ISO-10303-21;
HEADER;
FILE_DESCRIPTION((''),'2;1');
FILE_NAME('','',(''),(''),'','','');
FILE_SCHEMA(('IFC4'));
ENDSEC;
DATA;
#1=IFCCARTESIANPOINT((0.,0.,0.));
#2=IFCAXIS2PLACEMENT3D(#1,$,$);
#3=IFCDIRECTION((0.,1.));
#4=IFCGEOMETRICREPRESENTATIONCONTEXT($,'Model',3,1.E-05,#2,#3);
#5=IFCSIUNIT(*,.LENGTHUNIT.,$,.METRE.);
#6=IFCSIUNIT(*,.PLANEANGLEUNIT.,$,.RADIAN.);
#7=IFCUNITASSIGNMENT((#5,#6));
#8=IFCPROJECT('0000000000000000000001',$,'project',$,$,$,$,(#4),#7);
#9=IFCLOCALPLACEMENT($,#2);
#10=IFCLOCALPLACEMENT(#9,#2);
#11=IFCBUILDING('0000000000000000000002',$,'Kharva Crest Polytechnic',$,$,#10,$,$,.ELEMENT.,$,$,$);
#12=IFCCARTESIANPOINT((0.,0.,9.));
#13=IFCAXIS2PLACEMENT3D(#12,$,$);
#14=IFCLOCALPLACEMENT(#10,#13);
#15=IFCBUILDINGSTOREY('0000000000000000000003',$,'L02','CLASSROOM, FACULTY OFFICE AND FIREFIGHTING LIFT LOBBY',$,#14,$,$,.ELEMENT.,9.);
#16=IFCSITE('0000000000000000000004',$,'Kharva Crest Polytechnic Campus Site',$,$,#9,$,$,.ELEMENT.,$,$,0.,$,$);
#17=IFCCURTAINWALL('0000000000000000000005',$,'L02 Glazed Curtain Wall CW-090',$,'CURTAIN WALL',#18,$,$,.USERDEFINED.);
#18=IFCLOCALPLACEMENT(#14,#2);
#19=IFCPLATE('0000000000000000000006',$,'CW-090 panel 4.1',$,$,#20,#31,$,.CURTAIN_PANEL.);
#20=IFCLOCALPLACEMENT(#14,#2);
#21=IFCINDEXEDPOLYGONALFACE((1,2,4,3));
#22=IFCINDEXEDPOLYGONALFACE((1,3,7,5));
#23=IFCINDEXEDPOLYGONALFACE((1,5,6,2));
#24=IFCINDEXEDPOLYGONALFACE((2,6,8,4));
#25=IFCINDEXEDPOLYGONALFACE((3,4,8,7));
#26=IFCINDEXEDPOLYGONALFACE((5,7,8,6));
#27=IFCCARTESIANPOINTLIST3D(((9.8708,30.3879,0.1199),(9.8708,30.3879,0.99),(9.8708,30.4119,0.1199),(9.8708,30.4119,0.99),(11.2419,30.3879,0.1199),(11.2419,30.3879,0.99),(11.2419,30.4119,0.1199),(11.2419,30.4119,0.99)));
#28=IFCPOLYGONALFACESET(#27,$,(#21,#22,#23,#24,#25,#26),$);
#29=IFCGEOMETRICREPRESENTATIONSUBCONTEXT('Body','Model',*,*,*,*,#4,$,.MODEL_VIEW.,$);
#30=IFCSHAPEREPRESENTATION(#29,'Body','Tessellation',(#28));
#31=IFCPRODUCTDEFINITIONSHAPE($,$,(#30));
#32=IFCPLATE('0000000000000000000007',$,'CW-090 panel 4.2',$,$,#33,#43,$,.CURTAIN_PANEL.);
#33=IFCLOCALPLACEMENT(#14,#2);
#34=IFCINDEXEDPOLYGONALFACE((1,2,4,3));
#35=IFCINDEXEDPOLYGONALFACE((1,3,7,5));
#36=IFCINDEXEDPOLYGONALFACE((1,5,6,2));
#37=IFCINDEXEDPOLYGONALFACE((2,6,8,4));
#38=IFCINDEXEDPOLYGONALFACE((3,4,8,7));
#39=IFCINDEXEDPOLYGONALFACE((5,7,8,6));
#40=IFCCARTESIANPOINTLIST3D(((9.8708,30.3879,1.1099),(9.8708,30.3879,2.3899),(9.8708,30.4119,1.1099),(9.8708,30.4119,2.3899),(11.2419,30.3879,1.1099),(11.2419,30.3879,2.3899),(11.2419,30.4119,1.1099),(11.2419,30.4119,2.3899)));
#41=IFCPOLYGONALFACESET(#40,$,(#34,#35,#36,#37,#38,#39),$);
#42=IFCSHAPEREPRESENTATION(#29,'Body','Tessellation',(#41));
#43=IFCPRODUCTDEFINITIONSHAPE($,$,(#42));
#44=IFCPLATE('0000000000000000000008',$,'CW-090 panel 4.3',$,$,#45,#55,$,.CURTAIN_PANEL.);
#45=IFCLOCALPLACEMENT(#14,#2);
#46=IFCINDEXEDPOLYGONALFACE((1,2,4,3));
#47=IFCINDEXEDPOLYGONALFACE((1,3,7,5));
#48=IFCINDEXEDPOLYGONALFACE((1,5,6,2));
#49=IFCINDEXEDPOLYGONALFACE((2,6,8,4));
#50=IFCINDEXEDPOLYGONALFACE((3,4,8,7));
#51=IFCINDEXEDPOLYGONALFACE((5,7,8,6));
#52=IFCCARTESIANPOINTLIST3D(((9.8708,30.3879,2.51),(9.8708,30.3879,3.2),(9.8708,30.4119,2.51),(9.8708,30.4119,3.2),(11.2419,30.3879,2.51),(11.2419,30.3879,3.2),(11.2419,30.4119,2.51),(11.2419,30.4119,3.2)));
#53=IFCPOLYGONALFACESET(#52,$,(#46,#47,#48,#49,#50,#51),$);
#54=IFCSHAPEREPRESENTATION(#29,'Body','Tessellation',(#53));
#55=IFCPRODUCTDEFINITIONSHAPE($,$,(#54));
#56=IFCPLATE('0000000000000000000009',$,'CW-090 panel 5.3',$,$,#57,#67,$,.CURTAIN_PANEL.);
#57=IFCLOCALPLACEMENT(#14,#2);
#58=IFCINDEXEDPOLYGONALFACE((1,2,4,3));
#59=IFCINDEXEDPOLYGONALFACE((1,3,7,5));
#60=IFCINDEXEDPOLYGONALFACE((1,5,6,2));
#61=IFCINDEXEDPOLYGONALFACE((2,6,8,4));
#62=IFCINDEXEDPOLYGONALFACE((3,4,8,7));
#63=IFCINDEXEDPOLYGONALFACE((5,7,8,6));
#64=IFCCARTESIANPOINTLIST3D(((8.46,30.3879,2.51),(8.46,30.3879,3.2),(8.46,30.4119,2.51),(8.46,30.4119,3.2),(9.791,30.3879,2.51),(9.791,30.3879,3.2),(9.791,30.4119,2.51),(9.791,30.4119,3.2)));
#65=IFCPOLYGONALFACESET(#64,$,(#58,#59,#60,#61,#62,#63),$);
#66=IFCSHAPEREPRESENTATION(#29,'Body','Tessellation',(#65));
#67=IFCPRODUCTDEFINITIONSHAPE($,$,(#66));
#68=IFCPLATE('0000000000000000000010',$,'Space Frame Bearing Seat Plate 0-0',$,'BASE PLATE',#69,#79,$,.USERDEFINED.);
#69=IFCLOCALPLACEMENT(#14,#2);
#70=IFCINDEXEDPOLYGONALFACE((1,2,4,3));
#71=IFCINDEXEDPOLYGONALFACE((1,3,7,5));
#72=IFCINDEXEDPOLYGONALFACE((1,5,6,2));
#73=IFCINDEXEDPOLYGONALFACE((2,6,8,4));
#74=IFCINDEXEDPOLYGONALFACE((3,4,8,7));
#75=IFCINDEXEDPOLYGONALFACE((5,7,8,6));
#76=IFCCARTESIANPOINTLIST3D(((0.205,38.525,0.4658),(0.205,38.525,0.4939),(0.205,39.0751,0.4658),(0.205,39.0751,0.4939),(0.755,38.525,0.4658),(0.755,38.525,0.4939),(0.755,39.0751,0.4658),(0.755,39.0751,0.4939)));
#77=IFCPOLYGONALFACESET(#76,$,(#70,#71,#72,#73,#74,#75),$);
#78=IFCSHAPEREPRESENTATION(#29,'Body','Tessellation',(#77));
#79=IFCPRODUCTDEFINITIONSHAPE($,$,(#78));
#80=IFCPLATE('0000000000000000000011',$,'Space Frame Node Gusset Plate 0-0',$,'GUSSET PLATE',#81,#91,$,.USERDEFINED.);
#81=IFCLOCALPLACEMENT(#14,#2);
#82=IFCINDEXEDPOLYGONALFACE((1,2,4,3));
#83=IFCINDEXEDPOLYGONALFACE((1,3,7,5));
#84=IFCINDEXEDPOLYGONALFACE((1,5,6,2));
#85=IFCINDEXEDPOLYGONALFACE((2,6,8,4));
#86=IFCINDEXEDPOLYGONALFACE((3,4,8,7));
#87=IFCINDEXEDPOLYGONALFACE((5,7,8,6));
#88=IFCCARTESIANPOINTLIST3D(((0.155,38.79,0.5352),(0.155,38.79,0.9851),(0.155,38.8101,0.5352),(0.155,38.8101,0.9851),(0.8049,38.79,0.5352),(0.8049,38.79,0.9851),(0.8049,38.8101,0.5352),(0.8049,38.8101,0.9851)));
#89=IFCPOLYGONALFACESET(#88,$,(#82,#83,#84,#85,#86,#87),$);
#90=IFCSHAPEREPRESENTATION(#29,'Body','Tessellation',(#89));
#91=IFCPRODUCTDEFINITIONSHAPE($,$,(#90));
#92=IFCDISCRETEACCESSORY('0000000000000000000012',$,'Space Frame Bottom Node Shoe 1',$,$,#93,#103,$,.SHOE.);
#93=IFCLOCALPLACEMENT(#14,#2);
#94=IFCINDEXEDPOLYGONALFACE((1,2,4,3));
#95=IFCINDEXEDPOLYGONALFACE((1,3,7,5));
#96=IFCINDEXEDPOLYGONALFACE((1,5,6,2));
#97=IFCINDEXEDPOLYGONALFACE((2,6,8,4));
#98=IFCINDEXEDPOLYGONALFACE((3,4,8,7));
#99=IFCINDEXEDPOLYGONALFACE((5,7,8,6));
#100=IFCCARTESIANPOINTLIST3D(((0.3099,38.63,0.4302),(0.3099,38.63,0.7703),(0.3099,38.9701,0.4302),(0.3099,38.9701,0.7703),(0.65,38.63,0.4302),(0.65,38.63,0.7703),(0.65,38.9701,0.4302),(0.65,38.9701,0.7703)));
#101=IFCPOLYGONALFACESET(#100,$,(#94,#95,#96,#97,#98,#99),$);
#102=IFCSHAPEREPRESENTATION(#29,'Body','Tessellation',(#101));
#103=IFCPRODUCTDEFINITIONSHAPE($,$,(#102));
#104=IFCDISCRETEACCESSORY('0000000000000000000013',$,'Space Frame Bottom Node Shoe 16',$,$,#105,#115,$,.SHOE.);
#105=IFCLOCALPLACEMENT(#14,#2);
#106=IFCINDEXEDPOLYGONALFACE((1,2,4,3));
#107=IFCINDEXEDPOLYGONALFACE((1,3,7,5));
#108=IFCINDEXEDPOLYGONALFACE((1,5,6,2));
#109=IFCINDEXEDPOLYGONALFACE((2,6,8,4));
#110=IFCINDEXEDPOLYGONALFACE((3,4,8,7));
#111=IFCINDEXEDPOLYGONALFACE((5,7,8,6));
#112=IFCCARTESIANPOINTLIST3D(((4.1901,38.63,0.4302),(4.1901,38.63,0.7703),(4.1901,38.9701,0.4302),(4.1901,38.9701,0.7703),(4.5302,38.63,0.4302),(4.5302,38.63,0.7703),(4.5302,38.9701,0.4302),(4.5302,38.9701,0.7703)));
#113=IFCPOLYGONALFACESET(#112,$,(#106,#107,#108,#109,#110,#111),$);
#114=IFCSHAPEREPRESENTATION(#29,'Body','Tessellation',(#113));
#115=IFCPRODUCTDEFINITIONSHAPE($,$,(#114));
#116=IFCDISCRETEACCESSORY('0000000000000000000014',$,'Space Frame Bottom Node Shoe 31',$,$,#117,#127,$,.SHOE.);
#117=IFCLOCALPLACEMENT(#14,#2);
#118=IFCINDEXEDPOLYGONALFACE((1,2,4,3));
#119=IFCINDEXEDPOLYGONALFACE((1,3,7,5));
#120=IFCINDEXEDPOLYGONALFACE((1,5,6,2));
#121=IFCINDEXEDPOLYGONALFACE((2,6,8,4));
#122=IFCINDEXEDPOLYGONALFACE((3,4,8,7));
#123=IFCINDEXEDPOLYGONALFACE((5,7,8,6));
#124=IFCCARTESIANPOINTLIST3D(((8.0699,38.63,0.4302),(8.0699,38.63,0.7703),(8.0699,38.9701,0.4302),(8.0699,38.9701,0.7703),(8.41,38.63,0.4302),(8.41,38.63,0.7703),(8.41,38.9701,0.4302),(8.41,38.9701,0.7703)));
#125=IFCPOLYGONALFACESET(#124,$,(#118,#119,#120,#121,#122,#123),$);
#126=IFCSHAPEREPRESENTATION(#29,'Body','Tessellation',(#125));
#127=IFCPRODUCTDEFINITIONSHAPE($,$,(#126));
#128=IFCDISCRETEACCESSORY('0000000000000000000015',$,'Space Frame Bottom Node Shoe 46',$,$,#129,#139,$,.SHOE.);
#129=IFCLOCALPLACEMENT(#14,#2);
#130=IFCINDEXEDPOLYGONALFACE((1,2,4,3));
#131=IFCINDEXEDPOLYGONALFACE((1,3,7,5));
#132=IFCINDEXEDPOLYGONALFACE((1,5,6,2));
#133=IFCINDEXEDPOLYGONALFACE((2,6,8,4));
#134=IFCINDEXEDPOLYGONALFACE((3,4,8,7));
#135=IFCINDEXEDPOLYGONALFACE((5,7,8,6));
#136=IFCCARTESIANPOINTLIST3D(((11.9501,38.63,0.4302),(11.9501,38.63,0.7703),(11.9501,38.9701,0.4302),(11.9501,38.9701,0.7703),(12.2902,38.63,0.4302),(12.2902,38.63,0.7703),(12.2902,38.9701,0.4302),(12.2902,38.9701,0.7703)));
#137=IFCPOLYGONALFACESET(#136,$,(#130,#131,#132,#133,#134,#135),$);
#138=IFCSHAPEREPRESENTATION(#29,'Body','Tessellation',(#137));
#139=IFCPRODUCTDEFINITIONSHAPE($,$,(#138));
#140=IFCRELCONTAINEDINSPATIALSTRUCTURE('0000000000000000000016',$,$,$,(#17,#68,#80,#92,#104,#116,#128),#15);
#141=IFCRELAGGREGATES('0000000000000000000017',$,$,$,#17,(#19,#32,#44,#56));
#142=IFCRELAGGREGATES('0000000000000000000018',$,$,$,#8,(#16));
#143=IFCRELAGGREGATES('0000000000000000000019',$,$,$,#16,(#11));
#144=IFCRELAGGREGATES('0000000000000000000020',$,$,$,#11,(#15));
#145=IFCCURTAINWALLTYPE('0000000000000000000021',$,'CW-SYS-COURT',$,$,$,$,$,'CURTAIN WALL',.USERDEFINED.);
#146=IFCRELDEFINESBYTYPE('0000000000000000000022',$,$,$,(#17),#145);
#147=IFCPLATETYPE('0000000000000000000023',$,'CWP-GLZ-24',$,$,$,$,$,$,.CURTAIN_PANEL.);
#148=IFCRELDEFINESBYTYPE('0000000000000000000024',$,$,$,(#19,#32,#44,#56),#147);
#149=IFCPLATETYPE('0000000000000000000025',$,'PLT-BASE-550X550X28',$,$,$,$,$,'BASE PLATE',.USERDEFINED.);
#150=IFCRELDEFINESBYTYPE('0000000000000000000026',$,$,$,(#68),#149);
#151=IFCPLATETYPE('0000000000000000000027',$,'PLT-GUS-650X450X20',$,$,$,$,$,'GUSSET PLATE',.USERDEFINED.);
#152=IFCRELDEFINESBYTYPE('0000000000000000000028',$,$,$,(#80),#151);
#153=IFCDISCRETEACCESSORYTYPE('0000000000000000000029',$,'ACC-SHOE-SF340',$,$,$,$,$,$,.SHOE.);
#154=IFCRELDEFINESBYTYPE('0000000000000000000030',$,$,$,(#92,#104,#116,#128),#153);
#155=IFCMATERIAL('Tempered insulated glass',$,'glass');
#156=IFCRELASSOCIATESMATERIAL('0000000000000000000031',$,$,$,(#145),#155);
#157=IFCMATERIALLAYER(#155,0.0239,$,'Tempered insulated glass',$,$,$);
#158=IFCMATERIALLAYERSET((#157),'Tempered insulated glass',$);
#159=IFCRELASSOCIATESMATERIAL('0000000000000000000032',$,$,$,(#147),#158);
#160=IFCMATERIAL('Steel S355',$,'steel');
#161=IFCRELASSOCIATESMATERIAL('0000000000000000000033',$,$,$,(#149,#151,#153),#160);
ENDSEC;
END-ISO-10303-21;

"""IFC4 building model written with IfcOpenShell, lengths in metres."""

from ifc_helpers import new_model, si_unit, direction, frame, origin, origin_2d, place, context, subcontext, project, spatial, rectangle, extrude, material, layer, layer_set, type_object, element, aggregate, save


model = new_model("IFC4")

# Units and contexts
model_context = context("Model", 3, precision=1e-05, world=origin(), true_north=direction((0.0, 1.0)))
body_context = subcontext(model_context, "Body", "Model", "MODEL_VIEW")
ifc_project = project(units=[si_unit("LENGTHUNIT", "METRE"), si_unit("PLANEANGLEUNIT", "RADIAN")], contexts=[model_context])

# Site, building, storey
site_placement = place(None, origin())
site = spatial("IfcSite", under=ifc_project, at=site_placement, Name="Kharva Crest Polytechnic Campus Site", CompositionType="ELEMENT", RefElevation=0.0)
building_placement = place(site_placement, origin())
building = spatial("IfcBuilding", under=site, at=building_placement, Name="Kharva Crest Polytechnic", CompositionType="ELEMENT")
storey_placement = place(building_placement, frame((0.0, 0.0, 9.0)))
storey = spatial("IfcBuildingStorey", under=building, at=storey_placement, Name="L02", Description="CLASSROOM, FACULTY OFFICE AND FIREFIGHTING LIFT LOBBY", CompositionType="ELEMENT", Elevation=9.0)

# Curtain wall
ifc_material_1 = material(Name="Tempered insulated glass", Category="glass")
curtain_wall_type = type_object("IfcCurtainWallType", Name="CW-SYS-COURT", ElementType="CURTAIN WALL", PredefinedType="USERDEFINED", material=ifc_material_1)
curtain_wall_placement = place(storey_placement, origin())
curtain_wall = element("IfcCurtainWall", 1, at=curtain_wall_placement, inside=storey, type_object=curtain_wall_type, Name="L02 Glazed Curtain Wall CW-090", ObjectType="CURTAIN WALL", PredefinedType="USERDEFINED")
ifc_material_2 = material(Name="Steel S355", Category="steel")

# Plates
ifc_layer = layer(ifc_material_1, 0.0239, Name="Tempered insulated glass")
ifc_layer_set = layer_set([ifc_layer], Name="Tempered insulated glass")
plate_type_1 = type_object("IfcPlateType", Name="CWP-GLZ-24", PredefinedType="CURTAIN_PANEL", material=ifc_layer_set)
plate_1_placement = place(storey_placement, frame((10.5564, 30.3999, 0.1199), z_axis=(0.0, 0.0, 1.0), x_axis=(-1.0, 0.0, 0.0)))
plate_1 = element("IfcPlate", 2, at=plate_1_placement, type_object=plate_type_1, Name="CW-090 panel 4.1", PredefinedType="CURTAIN_PANEL", context=body_context, shape_type="SweptSolid", body=[
    extrude(rectangle(XDim=1.3711, YDim=0.0239, at=origin_2d()), origin(), (0.0, 0.0, 1.0), 0.8701),
])
plate_2_placement = place(storey_placement, frame((10.5564, 30.3999, 1.1099), z_axis=(0.0, 0.0, 1.0), x_axis=(-1.0, 0.0, 0.0)))
plate_2 = element("IfcPlate", 3, at=plate_2_placement, type_object=plate_type_1, Name="CW-090 panel 4.2", PredefinedType="CURTAIN_PANEL", context=body_context, shape_type="SweptSolid", body=[
    extrude(rectangle(XDim=1.3711, YDim=0.0239, at=origin_2d()), origin(), (0.0, 0.0, 1.0), 1.28),
])
plate_3_placement = place(storey_placement, frame((10.5564, 30.3999, 2.51), z_axis=(0.0, 0.0, 1.0), x_axis=(-1.0, 0.0, 0.0)))
plate_3 = element("IfcPlate", 4, at=plate_3_placement, type_object=plate_type_1, Name="CW-090 panel 4.3", PredefinedType="CURTAIN_PANEL", context=body_context, shape_type="SweptSolid", body=[
    extrude(rectangle(XDim=1.3711, YDim=0.0239, at=origin_2d()), origin(), (0.0, 0.0, 1.0), 0.6899),
])
plate_4_placement = place(storey_placement, frame((9.1255, 30.3999, 2.51), z_axis=(0.0, 0.0, 1.0), x_axis=(-1.0, 0.0, 0.0)))
plate_4 = element("IfcPlate", 5, at=plate_4_placement, type_object=plate_type_1, Name="CW-090 panel 5.3", PredefinedType="CURTAIN_PANEL", context=body_context, shape_type="SweptSolid", body=[
    extrude(rectangle(XDim=1.3311, YDim=0.0239, at=origin_2d()), origin(), (0.0, 0.0, 1.0), 0.6899),
])
aggregate(curtain_wall, [plate_1, plate_2, plate_3, plate_4])

# Plates
plate_type_2 = type_object("IfcPlateType", Name="PLT-BASE-550X550X28", ElementType="BASE PLATE", PredefinedType="USERDEFINED", material=ifc_material_2)
plate_5_placement = place(storey_placement, frame((0.48, 38.8, 0.4658), z_axis=(0.0, 0.0, 1.0), x_axis=(1.0, 0.0, 0.0)))
element("IfcPlate", 6, at=plate_5_placement, inside=storey, type_object=plate_type_2, Name="Space Frame Bearing Seat Plate 0-0", ObjectType="BASE PLATE", PredefinedType="USERDEFINED", context=body_context, shape_type="SweptSolid", body=[
    extrude(rectangle(XDim=0.55, YDim=0.55, at=origin_2d()), origin(), (0.0, 0.0, 1.0), 0.0281),
])
plate_type_3 = type_object("IfcPlateType", Name="PLT-GUS-650X450X20", ElementType="GUSSET PLATE", PredefinedType="USERDEFINED", material=ifc_material_2)
plate_6_placement = place(storey_placement, frame((0.48, 38.8, 0.5352), z_axis=(0.0, 0.0, 1.0), x_axis=(1.0, 0.0, 0.0)))
element("IfcPlate", 7, at=plate_6_placement, inside=storey, type_object=plate_type_3, Name="Space Frame Node Gusset Plate 0-0", ObjectType="GUSSET PLATE", PredefinedType="USERDEFINED", context=body_context, shape_type="SweptSolid", body=[
    extrude(rectangle(XDim=0.6499, YDim=0.02, at=origin_2d()), origin(), (0.0, 0.0, 1.0), 0.45),
])

# Discrete accessories
discrete_accessory_type = type_object("IfcDiscreteAccessoryType", Name="ACC-SHOE-SF340", PredefinedType="SHOE", material=ifc_material_2)
for number, where, z_axis, x_axis, name in (
    (8, (0.48, 38.8, 0.4302), (0.0, 0.0, 1.0), (1.0, 0.0, 0.0), "Space Frame Bottom Node Shoe 1"),
    (9, (4.3601, 38.8, 0.4302), (0.0, 0.0, 1.0), (1.0, 0.0, 0.0), "Space Frame Bottom Node Shoe 16"),
    (10, (8.24, 38.8, 0.4302), (0.0, 0.0, 1.0), (1.0, 0.0, 0.0), "Space Frame Bottom Node Shoe 31"),
    (11, (12.1201, 38.8, 0.4302), (0.0, 0.0, 1.0), (1.0, 0.0, 0.0), "Space Frame Bottom Node Shoe 46"),
):
    element("IfcDiscreteAccessory", number, at=place(storey_placement, frame(where, z_axis=z_axis, x_axis=x_axis)), inside=storey, type_object=discrete_accessory_type, Name=name, PredefinedType="SHOE", context=body_context, shape_type="SweptSolid", body=[
        extrude(rectangle(XDim=0.3401, YDim=0.3401, at=origin_2d()), origin(), (0.0, 0.0, 1.0), 0.3401),
    ])

save(model, "model.ifc")
